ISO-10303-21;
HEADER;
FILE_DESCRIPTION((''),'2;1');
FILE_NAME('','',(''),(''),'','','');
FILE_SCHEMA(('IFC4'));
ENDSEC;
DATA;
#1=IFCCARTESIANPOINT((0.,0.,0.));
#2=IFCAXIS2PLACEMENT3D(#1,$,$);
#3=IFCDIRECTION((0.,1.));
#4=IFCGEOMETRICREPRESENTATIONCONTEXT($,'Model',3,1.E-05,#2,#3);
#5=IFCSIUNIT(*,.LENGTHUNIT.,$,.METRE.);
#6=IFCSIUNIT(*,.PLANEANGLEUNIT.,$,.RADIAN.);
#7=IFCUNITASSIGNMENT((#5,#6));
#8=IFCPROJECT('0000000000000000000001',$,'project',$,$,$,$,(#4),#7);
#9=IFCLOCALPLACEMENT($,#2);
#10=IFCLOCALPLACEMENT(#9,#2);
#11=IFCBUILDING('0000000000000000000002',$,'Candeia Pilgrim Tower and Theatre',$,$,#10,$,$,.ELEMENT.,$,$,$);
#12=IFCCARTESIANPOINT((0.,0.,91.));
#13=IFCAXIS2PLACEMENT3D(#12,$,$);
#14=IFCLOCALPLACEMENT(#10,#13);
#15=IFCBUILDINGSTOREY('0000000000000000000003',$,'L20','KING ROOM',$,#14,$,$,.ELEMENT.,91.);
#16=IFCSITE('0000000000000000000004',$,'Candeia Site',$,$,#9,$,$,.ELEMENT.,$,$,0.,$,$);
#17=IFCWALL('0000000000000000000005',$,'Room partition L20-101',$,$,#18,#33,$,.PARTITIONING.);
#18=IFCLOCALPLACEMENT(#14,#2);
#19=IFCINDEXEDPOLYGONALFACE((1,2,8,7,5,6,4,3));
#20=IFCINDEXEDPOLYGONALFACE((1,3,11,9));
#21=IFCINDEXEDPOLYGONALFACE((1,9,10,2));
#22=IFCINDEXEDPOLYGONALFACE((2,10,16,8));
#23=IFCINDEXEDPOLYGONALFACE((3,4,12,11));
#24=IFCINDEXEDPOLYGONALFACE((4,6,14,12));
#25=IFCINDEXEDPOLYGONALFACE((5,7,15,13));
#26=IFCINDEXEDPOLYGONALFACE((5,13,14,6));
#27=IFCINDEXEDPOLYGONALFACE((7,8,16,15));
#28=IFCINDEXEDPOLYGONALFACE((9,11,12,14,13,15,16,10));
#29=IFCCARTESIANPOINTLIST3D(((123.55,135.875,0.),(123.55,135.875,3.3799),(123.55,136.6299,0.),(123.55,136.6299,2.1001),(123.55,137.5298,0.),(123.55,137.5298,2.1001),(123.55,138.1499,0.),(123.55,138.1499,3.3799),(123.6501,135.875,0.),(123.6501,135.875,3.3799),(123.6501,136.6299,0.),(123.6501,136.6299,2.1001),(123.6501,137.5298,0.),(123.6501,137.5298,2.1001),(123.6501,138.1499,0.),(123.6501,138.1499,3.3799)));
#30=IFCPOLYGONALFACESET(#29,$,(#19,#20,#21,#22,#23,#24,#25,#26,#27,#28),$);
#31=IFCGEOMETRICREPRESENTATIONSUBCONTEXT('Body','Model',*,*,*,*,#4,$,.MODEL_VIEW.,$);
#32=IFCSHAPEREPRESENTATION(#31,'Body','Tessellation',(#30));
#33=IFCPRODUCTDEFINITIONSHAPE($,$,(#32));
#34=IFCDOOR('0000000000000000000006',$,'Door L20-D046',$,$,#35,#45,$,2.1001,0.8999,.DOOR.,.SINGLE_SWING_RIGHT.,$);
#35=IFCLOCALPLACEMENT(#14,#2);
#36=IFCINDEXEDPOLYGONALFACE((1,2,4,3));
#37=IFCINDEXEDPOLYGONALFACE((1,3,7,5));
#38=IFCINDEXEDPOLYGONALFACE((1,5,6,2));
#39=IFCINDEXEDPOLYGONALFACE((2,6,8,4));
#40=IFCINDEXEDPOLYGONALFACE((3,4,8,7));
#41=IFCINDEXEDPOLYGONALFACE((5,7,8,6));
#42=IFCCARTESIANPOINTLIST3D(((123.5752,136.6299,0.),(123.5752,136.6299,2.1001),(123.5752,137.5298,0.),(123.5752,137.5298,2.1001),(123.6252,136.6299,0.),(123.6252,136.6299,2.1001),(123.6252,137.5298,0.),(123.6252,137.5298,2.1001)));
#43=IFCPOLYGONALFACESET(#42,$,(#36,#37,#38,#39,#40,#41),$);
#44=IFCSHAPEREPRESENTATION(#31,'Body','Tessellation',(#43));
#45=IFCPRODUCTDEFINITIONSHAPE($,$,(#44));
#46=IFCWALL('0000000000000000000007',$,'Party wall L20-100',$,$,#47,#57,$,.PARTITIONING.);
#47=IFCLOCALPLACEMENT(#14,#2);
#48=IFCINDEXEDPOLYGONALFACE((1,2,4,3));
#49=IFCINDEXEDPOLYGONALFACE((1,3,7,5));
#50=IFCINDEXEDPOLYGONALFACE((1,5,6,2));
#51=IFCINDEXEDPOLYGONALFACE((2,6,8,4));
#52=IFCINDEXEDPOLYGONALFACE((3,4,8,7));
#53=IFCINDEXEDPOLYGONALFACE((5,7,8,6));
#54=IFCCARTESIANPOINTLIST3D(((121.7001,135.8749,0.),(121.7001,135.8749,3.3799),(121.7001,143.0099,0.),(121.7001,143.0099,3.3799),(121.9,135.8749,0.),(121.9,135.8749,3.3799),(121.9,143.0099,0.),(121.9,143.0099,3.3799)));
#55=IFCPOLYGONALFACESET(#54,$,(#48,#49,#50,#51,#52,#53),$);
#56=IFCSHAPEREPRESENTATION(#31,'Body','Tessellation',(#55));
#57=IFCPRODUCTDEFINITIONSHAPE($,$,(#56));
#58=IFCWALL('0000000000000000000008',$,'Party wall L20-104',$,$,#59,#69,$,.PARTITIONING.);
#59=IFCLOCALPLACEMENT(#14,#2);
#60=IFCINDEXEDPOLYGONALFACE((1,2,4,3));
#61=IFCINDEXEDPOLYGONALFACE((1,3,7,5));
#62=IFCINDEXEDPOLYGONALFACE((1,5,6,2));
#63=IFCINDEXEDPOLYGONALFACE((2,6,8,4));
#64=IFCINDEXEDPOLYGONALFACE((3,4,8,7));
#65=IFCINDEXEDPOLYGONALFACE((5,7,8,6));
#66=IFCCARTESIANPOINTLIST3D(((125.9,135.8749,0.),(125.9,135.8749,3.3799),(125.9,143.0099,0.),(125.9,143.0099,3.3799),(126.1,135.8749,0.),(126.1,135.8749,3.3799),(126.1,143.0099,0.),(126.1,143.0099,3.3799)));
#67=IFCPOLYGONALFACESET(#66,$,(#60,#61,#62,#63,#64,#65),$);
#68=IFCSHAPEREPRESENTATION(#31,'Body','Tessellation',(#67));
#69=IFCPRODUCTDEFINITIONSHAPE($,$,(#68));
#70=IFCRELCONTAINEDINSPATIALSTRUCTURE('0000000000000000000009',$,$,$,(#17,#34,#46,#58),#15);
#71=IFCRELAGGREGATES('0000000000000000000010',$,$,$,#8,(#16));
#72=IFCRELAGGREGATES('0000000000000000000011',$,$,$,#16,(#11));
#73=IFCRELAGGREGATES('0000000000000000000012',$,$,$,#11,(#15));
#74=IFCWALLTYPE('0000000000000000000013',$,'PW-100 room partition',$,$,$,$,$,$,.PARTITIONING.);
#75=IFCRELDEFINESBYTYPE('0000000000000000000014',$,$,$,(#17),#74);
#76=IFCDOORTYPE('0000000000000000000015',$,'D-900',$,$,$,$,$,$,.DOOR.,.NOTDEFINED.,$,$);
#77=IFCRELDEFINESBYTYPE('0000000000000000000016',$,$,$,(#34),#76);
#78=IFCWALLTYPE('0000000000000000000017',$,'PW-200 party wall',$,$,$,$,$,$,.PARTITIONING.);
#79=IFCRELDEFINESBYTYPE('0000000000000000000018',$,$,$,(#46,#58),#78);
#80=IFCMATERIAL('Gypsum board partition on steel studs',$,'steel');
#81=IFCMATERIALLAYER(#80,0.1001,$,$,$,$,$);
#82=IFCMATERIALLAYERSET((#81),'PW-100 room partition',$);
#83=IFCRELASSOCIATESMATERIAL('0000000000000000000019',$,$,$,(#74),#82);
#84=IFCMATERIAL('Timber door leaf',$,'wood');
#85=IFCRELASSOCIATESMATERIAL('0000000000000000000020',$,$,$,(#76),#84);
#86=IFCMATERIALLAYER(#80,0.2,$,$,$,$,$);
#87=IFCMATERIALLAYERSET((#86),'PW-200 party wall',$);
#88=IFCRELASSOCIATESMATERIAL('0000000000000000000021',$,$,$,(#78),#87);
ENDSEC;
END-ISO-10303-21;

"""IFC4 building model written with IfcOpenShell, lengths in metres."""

from ifc_helpers import new_model, si_unit, direction, frame, frame_2d, origin, place, context, subcontext, project, spatial, rectangle, extrude, material, layer, layer_set, type_object, element, fill, save


model = new_model("IFC4")

# Units and contexts
model_context = context("Model", 3, precision=1e-05, world=origin(), true_north=direction((0.0, 1.0)))
body_context = subcontext(model_context, "Body", "Model", "MODEL_VIEW")
ifc_project = project(units=[si_unit("LENGTHUNIT", "METRE"), si_unit("PLANEANGLEUNIT", "RADIAN")], contexts=[model_context])

# Site, building, storey
site_placement = place(None, origin())
site = spatial("IfcSite", under=ifc_project, at=site_placement, Name="Candeia Site", CompositionType="ELEMENT", RefElevation=0.0)
building_placement = place(site_placement, origin())
building = spatial("IfcBuilding", under=site, at=building_placement, Name="Candeia Pilgrim Tower and Theatre", CompositionType="ELEMENT")
storey_placement = place(building_placement, frame((0.0, 0.0, 91.0)))
storey = spatial("IfcBuildingStorey", under=building, at=storey_placement, Name="L20", Description="KING ROOM", CompositionType="ELEMENT", Elevation=91.0)

# Wall, opening, door
ifc_material_1 = material(Name="Gypsum board partition on steel studs", Category="steel")
ifc_layer_1 = layer(ifc_material_1, 0.1001)
ifc_layer_set_1 = layer_set([ifc_layer_1], Name="PW-100 room partition")
wall_type_1 = type_object("IfcWallType", Name="PW-100 room partition", PredefinedType="PARTITIONING", material=ifc_layer_set_1)
ifc_material_2 = material(Name="Timber door leaf", Category="wood")
wall_1_placement = place(storey_placement, frame((123.6001, 135.875, 0.0), z_axis=(0.0, 0.0, 1.0), x_axis=(0.0, 1.0, 0.0)))
wall_1 = element("IfcWall", 1, at=wall_1_placement, inside=storey, type_object=wall_type_1, Name="Room partition L20-101", PredefinedType="PARTITIONING", context=body_context, shape_type="SweptSolid", body=[
    extrude(rectangle(XDim=2.2749, YDim=0.1001, at=frame_2d((1.1375, 0.0))), origin(), (0.0, 0.0, 1.0), 3.3799),
])
opening_1_placement = place(wall_1_placement, frame((0.7549, 0.0, 0.0)))
opening_1 = element("IfcOpeningElement", 2, at=opening_1_placement, cuts=wall_1, PredefinedType="OPENING", context=body_context, shape_type="SweptSolid", body=[
    extrude(rectangle(XDim=0.8999, YDim=2.1001, at=frame_2d((0.45, 1.05))), frame((0.0, 0.0601, 0.0), z_axis=(0.0, -1.0, 0.0), x_axis=(1.0, 0.0, 0.0)), (0.0, 0.0, 1.0), 0.1201),
])
door_type_1 = type_object("IfcDoorType", Name="D-900", OperationType="NOTDEFINED", PredefinedType="DOOR", material=ifc_material_2)
door_1_placement = place(opening_1_placement, origin())
door_1 = element("IfcDoor", 3, at=door_1_placement, inside=storey, type_object=door_type_1, Name="Door L20-D046", OperationType="SINGLE_SWING_RIGHT", OverallHeight=2.1001, OverallWidth=0.8999, PredefinedType="DOOR", context=body_context, shape_type="SweptSolid", body=[
    extrude(rectangle(XDim=0.8999, YDim=2.1001, at=frame_2d((0.45, 1.05))), frame((0.0, 0.0249, 0.0), z_axis=(0.0, -1.0, 0.0), x_axis=(1.0, 0.0, 0.0)), (0.0, 0.0, 1.0), 0.05),
])
fill(opening_1, door_1)

# Walls
ifc_layer_2 = layer(ifc_material_1, 0.2)
ifc_layer_set_2 = layer_set([ifc_layer_2], Name="PW-200 party wall")
wall_type_2 = type_object("IfcWallType", Name="PW-200 party wall", PredefinedType="PARTITIONING", material=ifc_layer_set_2)
for number, where, z_axis, x_axis, name in (
    (4, (121.8, 135.875, 0.0), (0.0, 0.0, 1.0), (0.0, 1.0, 0.0), "Party wall L20-100"),
    (5, (126.0, 135.875, 0.0), (0.0, 0.0, 1.0), (0.0, 1.0, 0.0), "Party wall L20-104"),
):
    element("IfcWall", number, at=place(storey_placement, frame(where, z_axis=z_axis, x_axis=x_axis)), inside=storey, type_object=wall_type_2, Name=name, PredefinedType="PARTITIONING", context=body_context, shape_type="SweptSolid", body=[
        extrude(rectangle(XDim=7.135, YDim=0.2, at=frame_2d((3.5674, 0.0))), origin(), (0.0, 0.0, 1.0), 3.3799),
    ])

save(model, "model.ifc")
